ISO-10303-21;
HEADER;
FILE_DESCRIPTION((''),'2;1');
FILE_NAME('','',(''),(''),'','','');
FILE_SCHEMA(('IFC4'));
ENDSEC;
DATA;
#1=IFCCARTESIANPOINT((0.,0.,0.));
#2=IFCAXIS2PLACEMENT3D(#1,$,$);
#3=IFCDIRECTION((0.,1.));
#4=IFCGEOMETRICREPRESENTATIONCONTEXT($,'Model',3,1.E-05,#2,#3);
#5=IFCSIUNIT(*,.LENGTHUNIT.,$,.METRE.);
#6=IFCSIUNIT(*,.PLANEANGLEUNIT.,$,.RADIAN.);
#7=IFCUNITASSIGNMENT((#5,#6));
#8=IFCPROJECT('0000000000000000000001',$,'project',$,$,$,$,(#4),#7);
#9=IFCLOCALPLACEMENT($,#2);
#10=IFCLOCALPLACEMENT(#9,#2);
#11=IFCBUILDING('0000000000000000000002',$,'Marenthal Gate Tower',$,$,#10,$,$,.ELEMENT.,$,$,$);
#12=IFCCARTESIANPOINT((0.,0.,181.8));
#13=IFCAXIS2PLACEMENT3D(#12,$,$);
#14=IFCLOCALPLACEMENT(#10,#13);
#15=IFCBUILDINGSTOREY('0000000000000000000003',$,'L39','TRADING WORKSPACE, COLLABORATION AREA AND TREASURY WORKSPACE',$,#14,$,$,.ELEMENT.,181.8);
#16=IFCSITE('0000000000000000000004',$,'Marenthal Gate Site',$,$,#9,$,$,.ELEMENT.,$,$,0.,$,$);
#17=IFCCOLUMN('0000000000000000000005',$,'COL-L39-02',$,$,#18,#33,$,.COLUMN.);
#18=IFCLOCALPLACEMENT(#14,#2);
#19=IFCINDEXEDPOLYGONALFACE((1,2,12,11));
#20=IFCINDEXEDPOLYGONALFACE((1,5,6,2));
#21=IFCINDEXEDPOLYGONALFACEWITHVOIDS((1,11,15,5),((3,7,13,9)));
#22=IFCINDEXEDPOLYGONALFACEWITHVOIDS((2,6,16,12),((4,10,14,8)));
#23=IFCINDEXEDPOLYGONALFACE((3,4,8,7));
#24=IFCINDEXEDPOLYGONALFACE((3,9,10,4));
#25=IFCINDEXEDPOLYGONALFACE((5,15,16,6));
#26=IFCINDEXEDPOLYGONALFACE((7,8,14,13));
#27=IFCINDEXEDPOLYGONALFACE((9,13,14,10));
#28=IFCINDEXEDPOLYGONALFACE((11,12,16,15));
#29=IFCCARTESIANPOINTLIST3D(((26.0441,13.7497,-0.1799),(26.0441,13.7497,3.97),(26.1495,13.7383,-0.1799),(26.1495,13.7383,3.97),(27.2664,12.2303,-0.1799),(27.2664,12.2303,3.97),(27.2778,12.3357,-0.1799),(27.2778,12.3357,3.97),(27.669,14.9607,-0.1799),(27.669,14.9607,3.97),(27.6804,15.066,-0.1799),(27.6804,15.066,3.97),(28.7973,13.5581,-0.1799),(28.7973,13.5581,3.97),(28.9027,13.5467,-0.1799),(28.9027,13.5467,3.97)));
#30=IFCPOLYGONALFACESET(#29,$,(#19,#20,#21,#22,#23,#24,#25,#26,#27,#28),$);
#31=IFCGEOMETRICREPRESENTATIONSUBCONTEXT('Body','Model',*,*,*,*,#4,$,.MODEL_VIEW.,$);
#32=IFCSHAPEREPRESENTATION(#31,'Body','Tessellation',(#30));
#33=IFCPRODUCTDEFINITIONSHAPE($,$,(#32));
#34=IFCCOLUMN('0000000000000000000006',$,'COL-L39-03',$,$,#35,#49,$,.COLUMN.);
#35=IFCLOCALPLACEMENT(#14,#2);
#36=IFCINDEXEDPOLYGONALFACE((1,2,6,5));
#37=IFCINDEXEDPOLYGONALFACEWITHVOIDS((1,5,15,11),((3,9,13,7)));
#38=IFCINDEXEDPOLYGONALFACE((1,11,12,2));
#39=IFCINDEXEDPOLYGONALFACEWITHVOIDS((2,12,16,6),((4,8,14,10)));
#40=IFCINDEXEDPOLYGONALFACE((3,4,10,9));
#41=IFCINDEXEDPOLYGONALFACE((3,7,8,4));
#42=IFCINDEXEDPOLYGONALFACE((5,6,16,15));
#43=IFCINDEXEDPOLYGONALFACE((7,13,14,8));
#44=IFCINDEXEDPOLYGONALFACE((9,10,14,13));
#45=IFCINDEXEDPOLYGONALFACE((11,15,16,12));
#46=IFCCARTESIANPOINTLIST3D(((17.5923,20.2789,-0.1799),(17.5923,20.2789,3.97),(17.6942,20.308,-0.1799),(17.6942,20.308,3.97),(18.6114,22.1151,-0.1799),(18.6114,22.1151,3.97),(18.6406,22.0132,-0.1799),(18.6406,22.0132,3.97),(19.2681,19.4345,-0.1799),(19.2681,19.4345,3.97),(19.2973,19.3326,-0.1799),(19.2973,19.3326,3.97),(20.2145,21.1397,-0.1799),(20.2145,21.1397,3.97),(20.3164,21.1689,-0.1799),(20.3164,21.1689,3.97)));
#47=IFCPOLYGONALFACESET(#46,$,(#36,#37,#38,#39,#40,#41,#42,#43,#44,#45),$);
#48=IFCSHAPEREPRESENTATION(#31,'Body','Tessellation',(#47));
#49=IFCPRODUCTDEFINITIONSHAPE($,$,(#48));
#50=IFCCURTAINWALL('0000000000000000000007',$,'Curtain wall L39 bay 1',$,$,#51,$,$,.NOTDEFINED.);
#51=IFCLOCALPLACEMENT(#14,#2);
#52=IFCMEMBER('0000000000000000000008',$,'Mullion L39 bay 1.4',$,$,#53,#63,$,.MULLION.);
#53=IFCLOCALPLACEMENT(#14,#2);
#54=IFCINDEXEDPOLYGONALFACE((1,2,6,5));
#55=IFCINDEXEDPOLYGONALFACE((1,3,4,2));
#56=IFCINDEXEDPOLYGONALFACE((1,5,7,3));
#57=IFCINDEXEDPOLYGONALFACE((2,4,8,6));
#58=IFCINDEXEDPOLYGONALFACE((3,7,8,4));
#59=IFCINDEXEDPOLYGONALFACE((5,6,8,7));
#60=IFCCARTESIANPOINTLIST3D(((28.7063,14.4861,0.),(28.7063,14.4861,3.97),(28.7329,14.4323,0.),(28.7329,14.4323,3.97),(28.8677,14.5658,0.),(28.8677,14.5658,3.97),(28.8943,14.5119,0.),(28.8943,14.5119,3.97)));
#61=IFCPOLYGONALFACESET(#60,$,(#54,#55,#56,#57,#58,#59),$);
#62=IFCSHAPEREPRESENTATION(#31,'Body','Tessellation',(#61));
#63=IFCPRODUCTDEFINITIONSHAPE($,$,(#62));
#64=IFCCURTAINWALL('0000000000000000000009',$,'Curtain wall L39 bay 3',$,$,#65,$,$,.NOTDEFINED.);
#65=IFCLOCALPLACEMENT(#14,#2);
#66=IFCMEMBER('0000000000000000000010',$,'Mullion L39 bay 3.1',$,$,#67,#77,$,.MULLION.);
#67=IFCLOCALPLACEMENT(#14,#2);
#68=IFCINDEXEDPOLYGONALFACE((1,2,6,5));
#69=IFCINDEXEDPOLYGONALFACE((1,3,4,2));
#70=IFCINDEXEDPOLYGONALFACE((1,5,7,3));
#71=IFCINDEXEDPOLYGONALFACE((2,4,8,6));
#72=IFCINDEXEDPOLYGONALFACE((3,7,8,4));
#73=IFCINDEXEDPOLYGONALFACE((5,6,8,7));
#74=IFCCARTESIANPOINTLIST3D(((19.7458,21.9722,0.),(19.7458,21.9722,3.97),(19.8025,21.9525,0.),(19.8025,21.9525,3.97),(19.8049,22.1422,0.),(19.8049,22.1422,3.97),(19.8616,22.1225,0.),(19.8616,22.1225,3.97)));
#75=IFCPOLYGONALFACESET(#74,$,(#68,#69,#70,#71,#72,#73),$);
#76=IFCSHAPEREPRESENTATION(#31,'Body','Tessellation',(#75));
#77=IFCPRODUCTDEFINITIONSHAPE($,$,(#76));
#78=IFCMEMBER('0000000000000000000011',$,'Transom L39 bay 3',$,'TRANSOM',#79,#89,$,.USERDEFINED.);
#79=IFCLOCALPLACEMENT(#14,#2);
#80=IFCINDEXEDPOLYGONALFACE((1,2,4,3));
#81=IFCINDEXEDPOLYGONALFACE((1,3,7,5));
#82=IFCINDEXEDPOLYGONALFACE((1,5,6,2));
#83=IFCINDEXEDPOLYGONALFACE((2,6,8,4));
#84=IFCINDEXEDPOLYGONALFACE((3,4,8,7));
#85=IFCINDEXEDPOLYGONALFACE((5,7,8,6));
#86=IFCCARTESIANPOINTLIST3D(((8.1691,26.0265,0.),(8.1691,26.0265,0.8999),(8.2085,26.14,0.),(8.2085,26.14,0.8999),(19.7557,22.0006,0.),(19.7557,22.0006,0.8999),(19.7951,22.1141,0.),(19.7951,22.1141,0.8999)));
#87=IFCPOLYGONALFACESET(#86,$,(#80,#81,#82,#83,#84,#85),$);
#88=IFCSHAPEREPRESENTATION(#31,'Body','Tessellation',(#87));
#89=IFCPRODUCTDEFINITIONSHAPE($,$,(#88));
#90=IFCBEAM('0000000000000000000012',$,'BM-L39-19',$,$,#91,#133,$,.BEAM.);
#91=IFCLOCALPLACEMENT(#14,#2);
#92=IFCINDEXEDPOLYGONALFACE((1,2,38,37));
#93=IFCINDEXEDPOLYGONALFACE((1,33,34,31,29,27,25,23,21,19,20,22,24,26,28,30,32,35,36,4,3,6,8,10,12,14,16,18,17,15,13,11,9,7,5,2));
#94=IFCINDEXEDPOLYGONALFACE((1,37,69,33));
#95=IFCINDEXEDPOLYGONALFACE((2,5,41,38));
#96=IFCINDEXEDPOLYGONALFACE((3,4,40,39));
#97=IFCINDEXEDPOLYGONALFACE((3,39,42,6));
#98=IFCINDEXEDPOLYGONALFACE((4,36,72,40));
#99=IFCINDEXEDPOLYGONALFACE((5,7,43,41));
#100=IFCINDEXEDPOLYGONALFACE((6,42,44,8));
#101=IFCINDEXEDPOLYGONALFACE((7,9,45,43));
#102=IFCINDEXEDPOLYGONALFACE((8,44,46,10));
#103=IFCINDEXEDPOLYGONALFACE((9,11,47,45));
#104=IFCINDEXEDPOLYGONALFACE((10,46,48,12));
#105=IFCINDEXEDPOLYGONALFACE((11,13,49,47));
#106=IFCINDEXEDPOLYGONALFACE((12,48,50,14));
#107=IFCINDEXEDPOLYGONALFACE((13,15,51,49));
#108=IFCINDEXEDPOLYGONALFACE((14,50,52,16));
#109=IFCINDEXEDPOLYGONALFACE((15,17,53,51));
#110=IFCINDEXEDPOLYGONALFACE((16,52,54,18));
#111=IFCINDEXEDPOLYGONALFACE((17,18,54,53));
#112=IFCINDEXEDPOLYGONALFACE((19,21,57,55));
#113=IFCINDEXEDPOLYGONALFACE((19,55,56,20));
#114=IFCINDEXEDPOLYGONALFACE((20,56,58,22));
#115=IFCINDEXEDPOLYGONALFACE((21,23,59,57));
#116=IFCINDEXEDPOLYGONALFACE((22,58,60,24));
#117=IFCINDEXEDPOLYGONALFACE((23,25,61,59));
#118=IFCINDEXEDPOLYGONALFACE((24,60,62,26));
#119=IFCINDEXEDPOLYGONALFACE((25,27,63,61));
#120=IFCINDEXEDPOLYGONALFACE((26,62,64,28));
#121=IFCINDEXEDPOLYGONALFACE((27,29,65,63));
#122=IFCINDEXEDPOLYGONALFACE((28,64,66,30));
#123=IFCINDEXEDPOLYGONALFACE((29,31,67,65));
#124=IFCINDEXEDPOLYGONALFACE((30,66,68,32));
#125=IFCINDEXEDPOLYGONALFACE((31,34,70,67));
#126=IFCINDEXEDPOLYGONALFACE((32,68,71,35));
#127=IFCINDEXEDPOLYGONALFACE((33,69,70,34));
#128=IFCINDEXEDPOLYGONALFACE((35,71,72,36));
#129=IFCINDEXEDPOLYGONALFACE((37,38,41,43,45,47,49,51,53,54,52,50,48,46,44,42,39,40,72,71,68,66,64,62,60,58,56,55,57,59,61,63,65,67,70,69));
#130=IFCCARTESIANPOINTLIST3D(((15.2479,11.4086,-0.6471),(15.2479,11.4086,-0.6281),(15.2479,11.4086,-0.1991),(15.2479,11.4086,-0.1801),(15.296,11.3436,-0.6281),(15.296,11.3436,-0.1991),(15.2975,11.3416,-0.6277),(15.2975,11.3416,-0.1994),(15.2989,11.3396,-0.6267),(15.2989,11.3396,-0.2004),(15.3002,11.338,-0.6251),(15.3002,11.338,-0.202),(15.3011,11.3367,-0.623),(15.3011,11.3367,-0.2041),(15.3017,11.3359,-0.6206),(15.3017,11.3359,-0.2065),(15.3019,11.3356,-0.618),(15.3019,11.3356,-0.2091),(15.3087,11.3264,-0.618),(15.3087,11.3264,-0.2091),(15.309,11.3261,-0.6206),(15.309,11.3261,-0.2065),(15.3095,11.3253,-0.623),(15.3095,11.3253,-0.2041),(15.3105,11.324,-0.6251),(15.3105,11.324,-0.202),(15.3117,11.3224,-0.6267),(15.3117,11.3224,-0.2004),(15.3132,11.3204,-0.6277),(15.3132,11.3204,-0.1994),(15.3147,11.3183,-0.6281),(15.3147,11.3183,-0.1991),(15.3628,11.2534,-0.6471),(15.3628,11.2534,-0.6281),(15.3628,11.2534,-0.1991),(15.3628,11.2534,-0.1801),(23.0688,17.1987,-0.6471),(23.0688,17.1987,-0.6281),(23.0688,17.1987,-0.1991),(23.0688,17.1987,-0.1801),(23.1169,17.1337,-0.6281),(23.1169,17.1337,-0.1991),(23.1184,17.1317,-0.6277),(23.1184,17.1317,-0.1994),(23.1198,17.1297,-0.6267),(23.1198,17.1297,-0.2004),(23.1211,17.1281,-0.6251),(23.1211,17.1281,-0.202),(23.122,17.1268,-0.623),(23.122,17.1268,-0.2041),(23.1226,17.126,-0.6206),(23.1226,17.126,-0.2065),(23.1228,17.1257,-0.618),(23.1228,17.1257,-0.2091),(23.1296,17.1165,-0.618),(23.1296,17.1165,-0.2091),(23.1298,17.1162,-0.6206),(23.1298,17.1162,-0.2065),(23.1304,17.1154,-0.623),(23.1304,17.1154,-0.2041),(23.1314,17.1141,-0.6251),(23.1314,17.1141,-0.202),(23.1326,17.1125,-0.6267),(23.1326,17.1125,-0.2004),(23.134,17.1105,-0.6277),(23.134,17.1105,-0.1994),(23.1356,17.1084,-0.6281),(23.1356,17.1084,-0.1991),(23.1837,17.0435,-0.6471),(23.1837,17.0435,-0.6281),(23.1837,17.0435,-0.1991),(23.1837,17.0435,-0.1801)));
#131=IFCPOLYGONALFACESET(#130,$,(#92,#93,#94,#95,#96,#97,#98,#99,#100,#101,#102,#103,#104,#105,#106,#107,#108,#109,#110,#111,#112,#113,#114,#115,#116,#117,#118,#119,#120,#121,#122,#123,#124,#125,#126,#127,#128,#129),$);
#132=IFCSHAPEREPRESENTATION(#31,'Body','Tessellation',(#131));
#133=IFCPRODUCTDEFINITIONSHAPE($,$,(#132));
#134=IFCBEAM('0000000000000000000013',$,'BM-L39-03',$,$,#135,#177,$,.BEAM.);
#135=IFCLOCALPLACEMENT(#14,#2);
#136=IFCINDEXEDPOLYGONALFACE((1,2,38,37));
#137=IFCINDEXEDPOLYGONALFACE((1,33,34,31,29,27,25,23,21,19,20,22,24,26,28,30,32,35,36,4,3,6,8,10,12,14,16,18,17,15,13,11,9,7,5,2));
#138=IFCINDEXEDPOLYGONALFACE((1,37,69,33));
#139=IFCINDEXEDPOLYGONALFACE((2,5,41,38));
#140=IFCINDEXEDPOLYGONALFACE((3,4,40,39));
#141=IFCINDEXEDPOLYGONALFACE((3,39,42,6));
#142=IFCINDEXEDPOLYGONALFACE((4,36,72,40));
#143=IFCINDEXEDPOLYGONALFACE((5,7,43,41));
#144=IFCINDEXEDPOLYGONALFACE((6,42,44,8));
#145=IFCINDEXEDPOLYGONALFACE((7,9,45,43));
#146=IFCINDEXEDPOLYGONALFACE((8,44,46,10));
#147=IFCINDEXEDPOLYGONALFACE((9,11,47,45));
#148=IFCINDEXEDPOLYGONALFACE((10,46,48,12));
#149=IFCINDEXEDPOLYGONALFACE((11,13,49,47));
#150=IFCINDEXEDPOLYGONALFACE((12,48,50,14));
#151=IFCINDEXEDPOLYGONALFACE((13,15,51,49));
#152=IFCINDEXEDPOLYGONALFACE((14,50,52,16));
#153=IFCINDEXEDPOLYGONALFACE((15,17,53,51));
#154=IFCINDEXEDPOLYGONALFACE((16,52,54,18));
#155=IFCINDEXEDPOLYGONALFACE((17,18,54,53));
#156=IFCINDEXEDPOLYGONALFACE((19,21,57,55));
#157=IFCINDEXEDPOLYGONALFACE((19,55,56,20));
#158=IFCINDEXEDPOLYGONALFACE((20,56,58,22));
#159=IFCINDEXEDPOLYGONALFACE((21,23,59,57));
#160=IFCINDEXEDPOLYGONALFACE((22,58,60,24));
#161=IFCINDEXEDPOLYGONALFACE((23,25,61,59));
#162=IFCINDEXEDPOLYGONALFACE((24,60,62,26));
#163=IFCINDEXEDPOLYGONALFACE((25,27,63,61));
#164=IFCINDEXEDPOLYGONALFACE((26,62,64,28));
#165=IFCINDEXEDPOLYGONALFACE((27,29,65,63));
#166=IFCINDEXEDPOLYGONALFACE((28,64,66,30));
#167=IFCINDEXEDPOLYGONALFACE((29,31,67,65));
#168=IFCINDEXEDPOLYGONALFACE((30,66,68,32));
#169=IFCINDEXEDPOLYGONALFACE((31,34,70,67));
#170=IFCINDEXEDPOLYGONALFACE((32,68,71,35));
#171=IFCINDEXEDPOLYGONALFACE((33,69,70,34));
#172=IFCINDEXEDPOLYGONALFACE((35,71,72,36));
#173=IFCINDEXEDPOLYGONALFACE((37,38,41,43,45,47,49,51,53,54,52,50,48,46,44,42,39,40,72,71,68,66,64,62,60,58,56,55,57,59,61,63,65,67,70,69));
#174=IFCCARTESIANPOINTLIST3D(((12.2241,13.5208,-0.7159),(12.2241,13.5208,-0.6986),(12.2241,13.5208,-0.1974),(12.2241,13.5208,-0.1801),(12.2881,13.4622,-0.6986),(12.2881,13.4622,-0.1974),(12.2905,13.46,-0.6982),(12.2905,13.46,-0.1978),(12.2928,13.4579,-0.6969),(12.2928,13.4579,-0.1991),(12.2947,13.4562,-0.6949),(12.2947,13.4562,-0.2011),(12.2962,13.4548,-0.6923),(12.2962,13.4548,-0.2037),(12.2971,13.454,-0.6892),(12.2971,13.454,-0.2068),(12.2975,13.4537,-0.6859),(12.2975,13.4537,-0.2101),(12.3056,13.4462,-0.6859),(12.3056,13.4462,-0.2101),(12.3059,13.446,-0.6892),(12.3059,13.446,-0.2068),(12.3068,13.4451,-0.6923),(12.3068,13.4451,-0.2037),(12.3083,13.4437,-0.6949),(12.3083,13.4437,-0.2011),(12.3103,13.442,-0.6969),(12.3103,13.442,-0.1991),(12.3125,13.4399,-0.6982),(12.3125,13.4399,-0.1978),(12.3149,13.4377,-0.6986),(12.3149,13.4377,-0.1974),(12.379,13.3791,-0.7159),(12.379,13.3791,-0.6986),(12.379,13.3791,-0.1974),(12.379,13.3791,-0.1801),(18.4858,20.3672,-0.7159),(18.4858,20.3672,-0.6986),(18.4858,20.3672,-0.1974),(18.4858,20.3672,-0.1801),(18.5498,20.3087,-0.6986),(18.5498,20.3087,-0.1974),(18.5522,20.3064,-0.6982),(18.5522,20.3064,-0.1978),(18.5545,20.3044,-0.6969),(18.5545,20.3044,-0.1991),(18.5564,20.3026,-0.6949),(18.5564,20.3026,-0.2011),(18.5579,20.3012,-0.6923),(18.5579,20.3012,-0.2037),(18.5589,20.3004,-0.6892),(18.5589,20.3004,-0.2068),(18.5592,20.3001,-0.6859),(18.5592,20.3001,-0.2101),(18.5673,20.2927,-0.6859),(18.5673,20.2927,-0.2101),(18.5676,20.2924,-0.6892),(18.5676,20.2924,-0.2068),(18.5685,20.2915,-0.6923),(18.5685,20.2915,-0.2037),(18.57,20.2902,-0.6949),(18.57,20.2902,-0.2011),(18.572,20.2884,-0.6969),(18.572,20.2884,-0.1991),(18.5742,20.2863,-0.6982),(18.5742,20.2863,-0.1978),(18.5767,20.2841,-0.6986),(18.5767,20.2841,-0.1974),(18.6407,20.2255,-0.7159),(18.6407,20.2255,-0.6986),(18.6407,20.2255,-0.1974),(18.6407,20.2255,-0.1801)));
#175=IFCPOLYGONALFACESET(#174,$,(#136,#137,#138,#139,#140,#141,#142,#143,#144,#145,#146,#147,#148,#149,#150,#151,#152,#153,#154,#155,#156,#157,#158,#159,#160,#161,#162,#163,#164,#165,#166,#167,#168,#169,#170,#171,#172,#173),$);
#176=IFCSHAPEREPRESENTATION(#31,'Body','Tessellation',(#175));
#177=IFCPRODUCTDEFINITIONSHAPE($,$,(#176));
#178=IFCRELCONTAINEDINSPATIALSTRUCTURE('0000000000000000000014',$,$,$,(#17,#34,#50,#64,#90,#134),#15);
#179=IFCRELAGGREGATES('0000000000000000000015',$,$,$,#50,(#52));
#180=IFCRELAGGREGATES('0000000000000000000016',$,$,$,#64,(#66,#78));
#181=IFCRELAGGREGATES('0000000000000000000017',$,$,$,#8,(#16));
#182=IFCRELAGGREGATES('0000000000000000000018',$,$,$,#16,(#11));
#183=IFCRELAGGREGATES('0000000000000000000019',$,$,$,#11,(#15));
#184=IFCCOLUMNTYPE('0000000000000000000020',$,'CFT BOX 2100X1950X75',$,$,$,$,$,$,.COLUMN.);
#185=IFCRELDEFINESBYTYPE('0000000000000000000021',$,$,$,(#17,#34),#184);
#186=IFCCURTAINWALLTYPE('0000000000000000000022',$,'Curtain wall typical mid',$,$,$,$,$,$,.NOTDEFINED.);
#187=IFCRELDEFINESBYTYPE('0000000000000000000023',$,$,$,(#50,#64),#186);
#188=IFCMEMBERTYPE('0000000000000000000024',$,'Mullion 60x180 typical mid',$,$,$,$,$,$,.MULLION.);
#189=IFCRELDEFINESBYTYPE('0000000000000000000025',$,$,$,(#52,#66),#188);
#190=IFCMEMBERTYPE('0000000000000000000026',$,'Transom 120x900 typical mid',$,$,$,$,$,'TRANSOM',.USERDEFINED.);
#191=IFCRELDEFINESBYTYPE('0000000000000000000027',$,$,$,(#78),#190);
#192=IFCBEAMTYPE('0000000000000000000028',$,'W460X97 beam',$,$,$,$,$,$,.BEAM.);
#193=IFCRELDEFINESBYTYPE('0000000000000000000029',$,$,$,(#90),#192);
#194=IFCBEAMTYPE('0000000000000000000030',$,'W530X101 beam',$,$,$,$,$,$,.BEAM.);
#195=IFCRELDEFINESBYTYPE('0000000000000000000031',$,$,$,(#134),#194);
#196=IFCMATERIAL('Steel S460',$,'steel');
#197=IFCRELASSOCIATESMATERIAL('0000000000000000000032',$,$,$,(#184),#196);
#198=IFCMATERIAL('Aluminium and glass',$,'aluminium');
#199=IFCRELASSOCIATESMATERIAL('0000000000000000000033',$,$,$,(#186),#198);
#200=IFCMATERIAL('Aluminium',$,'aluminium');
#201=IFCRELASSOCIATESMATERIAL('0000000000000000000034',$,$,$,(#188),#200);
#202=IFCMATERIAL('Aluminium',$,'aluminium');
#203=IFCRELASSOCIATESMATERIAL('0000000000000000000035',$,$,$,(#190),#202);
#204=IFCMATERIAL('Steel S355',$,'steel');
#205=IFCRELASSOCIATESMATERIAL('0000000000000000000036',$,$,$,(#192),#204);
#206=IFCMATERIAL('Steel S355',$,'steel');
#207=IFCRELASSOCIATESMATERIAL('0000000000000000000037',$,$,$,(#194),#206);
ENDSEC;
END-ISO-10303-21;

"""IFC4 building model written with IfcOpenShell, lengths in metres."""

from ifc_helpers import new_model, si_unit, direction, frame, origin, origin_2d, place, context, subcontext, project, spatial, rectangle, hollow_rectangle, i_section, extrude, material, material_profile, profile_set, type_object, element, aggregate, save


model = new_model("IFC4")

# Units and contexts
model_context = context("Model", 3, precision=1e-05, world=origin(), true_north=direction((0.0, 1.0)))
body_context = subcontext(model_context, "Body", "Model", "MODEL_VIEW")
ifc_project = project(units=[si_unit("LENGTHUNIT", "METRE"), si_unit("PLANEANGLEUNIT", "RADIAN")], contexts=[model_context])

# Site, building, storey
site_placement = place(None, origin())
site = spatial("IfcSite", under=ifc_project, at=site_placement, Name="Marenthal Gate Site", CompositionType="ELEMENT", RefElevation=0.0)
building_placement = place(site_placement, origin())
building = spatial("IfcBuilding", under=site, at=building_placement, Name="Marenthal Gate Tower", CompositionType="ELEMENT")
storey_placement = place(building_placement, frame((0.0, 0.0, 181.8)))
storey = spatial("IfcBuildingStorey", under=building, at=storey_placement, Name="L39", Description="TRADING WORKSPACE, COLLABORATION AREA AND TREASURY WORKSPACE", CompositionType="ELEMENT", Elevation=181.8)

# Columns
ifc_material_1 = material(Name="Steel S460", Category="steel")
ifc_material_profile_1 = material_profile(ifc_material_1, hollow_rectangle(XDim=1.95, YDim=2.1001, WallThickness=0.075, at=origin_2d()), Name="CFT BOX 2100X1950X75")
ifc_material_2 = material(Name="Concrete 70 MPa", Category="concrete")
ifc_material_profile_2 = material_profile(ifc_material_2, rectangle(XDim=1.8, YDim=1.95, at=origin_2d()), Name="CFT BOX 2100X1950X75 INFILL")
ifc_profile_set_1 = profile_set([ifc_material_profile_1, ifc_material_profile_2], Name="Steel S460 shell, Concrete 70 MPa infill")
column_type = type_object("IfcColumnType", Name="CFT BOX 2100X1950X75", PredefinedType="COLUMN", material=ifc_profile_set_1)
for number, where, z_axis, x_axis, name in (
    (1, (27.4734, 13.6482, -0.1799), (0.0, 0.0, 1.0), (0.626815, -0.779168, 0.0), "COL-L39-02"),
    (2, (18.9543, 20.7239, -0.1799), (0.0, 0.0, 1.0), (0.874371, -0.485258, 0.0), "COL-L39-03"),
):
    element("IfcColumn", number, at=place(storey_placement, frame(where, z_axis=z_axis, x_axis=x_axis)), inside=storey, type_object=column_type, Name=name, PredefinedType="COLUMN", context=body_context, shape_type="SweptSolid", body=[
        extrude(hollow_rectangle(XDim=1.95, YDim=2.1001, WallThickness=0.075, at=origin_2d()), origin(), (0.0, 0.0, 1.0), 4.1499),
    ])

# Curtain wall, member
ifc_material_3 = material(Name="Aluminium and glass", Category="aluminium")
curtain_wall_type = type_object("IfcCurtainWallType", Name="Curtain wall typical mid", PredefinedType="NOTDEFINED", material=ifc_material_3)
curtain_wall_1_placement = place(storey_placement, origin())
curtain_wall_1 = element("IfcCurtainWall", 3, at=curtain_wall_1_placement, inside=storey, type_object=curtain_wall_type, Name="Curtain wall L39 bay 1", PredefinedType="NOTDEFINED")
ifc_material_4 = material(Name="Aluminium", Category="aluminium")
ifc_material_profile_3 = material_profile(ifc_material_4, rectangle(XDim=0.1799, YDim=0.0601, at=origin_2d()), Name="60x180 aluminium mullion")
ifc_profile_set_2 = profile_set([ifc_material_profile_3], Name="Aluminium")
member_type_1 = type_object("IfcMemberType", Name="Mullion 60x180 typical mid", PredefinedType="MULLION", material=ifc_profile_set_2)
member_1_placement = place(storey_placement, frame((28.8003, 14.499, 0.0), z_axis=(0.0, 0.0, 1.0), x_axis=(-0.896643, -0.442753, 0.0)))
member_1 = element("IfcMember", 4, at=member_1_placement, type_object=member_type_1, Name="Mullion L39 bay 1.4", PredefinedType="MULLION", context=body_context, shape_type="SweptSolid", body=[
    extrude(rectangle(XDim=0.1799, YDim=0.0601, at=origin_2d()), origin(), (0.0, 0.0, 1.0), 3.97),
])
aggregate(curtain_wall_1, [member_1])

# Curtain wall, members
curtain_wall_2_placement = place(storey_placement, origin())
curtain_wall_2 = element("IfcCurtainWall", 5, at=curtain_wall_2_placement, inside=storey, type_object=curtain_wall_type, Name="Curtain wall L39 bay 3", PredefinedType="NOTDEFINED")
member_2_placement = place(storey_placement, frame((19.8037, 22.0474, 0.0), z_axis=(0.0, 0.0, 1.0), x_axis=(-0.328211, -0.944604, 0.0)))
member_2 = element("IfcMember", 6, at=member_2_placement, type_object=member_type_1, Name="Mullion L39 bay 3.1", PredefinedType="MULLION", context=body_context, shape_type="SweptSolid", body=[
    extrude(rectangle(XDim=0.1799, YDim=0.0601, at=origin_2d()), origin(), (0.0, 0.0, 1.0), 3.97),
])
ifc_material_5 = material(Name="Aluminium", Category="aluminium")
ifc_material_profile_4 = material_profile(ifc_material_5, rectangle(XDim=0.1201, YDim=0.8999, at=origin_2d()), Name="120x900 aluminium transom")
ifc_profile_set_3 = profile_set([ifc_material_profile_4], Name="Aluminium")
member_type_2 = type_object("IfcMemberType", Name="Transom 120x900 typical mid", ElementType="TRANSOM", PredefinedType="USERDEFINED", material=ifc_profile_set_3)
member_3_placement = place(storey_placement, frame((19.7754, 22.0574, 0.45), z_axis=(-0.944605, 0.32821, 0.0), x_axis=(-0.32821, -0.944605, 0.0)))
member_3 = element("IfcMember", 7, at=member_3_placement, type_object=member_type_2, Name="Transom L39 bay 3", ObjectType="TRANSOM", PredefinedType="USERDEFINED", context=body_context, shape_type="SweptSolid", body=[
    extrude(rectangle(XDim=0.1201, YDim=0.8999, at=origin_2d()), origin(), (0.0, 0.0, 1.0), 12.2661),
])

# Beams
ifc_material_6 = material(Name="Steel S355", Category="steel")
ifc_material_profile_5 = material_profile(ifc_material_6, i_section(OverallWidth=0.1931, OverallDepth=0.467, WebThickness=0.0115, FlangeThickness=0.019, FilletRadius=0.01, at=origin_2d()), Name="W460X97")
ifc_profile_set_4 = profile_set([ifc_material_profile_5], Name="Steel S355")
beam_type_1 = type_object("IfcBeamType", Name="W460X97 beam", PredefinedType="BEAM", material=ifc_profile_set_4)
beam_1_placement = place(storey_placement, frame((23.1262, 17.1211, -0.4136), z_axis=(-0.803712, -0.595019, 0.0), x_axis=(0.595019, -0.803712, 0.0)))
element("IfcBeam", 8, at=beam_1_placement, inside=storey, type_object=beam_type_1, Name="BM-L39-19", PredefinedType="BEAM", context=body_context, shape_type="SweptSolid", body=[
    extrude(i_section(OverallWidth=0.1931, OverallDepth=0.467, WebThickness=0.0115, FlangeThickness=0.019, FilletRadius=0.01, at=origin_2d()), origin(), (0.0, 0.0, 1.0), 9.731),
])
ifc_material_7 = material(Name="Steel S355", Category="steel")
ifc_material_profile_6 = material_profile(ifc_material_7, i_section(OverallWidth=0.21, OverallDepth=0.5359, WebThickness=0.011, FlangeThickness=0.0173, FilletRadius=0.0127, at=origin_2d()), Name="W530X101")
ifc_profile_set_5 = profile_set([ifc_material_profile_6], Name="Steel S355")
beam_type_2 = type_object("IfcBeamType", Name="W530X101 beam", PredefinedType="BEAM", material=ifc_profile_set_5)
beam_2_placement = place(storey_placement, frame((18.5632, 20.2964, -0.448), z_axis=(-0.674894, -0.737915, 0.0), x_axis=(0.737915, -0.674894, 0.0)))
element("IfcBeam", 9, at=beam_2_placement, inside=storey, type_object=beam_type_2, Name="BM-L39-03", PredefinedType="BEAM", context=body_context, shape_type="SweptSolid", body=[
    extrude(i_section(OverallWidth=0.21, OverallDepth=0.5359, WebThickness=0.011, FlangeThickness=0.0173, FilletRadius=0.0127, at=origin_2d()), origin(), (0.0, 0.0, 1.0), 9.2781),
])

aggregate(curtain_wall_2, [member_2, member_3])

save(model, "model.ifc")
